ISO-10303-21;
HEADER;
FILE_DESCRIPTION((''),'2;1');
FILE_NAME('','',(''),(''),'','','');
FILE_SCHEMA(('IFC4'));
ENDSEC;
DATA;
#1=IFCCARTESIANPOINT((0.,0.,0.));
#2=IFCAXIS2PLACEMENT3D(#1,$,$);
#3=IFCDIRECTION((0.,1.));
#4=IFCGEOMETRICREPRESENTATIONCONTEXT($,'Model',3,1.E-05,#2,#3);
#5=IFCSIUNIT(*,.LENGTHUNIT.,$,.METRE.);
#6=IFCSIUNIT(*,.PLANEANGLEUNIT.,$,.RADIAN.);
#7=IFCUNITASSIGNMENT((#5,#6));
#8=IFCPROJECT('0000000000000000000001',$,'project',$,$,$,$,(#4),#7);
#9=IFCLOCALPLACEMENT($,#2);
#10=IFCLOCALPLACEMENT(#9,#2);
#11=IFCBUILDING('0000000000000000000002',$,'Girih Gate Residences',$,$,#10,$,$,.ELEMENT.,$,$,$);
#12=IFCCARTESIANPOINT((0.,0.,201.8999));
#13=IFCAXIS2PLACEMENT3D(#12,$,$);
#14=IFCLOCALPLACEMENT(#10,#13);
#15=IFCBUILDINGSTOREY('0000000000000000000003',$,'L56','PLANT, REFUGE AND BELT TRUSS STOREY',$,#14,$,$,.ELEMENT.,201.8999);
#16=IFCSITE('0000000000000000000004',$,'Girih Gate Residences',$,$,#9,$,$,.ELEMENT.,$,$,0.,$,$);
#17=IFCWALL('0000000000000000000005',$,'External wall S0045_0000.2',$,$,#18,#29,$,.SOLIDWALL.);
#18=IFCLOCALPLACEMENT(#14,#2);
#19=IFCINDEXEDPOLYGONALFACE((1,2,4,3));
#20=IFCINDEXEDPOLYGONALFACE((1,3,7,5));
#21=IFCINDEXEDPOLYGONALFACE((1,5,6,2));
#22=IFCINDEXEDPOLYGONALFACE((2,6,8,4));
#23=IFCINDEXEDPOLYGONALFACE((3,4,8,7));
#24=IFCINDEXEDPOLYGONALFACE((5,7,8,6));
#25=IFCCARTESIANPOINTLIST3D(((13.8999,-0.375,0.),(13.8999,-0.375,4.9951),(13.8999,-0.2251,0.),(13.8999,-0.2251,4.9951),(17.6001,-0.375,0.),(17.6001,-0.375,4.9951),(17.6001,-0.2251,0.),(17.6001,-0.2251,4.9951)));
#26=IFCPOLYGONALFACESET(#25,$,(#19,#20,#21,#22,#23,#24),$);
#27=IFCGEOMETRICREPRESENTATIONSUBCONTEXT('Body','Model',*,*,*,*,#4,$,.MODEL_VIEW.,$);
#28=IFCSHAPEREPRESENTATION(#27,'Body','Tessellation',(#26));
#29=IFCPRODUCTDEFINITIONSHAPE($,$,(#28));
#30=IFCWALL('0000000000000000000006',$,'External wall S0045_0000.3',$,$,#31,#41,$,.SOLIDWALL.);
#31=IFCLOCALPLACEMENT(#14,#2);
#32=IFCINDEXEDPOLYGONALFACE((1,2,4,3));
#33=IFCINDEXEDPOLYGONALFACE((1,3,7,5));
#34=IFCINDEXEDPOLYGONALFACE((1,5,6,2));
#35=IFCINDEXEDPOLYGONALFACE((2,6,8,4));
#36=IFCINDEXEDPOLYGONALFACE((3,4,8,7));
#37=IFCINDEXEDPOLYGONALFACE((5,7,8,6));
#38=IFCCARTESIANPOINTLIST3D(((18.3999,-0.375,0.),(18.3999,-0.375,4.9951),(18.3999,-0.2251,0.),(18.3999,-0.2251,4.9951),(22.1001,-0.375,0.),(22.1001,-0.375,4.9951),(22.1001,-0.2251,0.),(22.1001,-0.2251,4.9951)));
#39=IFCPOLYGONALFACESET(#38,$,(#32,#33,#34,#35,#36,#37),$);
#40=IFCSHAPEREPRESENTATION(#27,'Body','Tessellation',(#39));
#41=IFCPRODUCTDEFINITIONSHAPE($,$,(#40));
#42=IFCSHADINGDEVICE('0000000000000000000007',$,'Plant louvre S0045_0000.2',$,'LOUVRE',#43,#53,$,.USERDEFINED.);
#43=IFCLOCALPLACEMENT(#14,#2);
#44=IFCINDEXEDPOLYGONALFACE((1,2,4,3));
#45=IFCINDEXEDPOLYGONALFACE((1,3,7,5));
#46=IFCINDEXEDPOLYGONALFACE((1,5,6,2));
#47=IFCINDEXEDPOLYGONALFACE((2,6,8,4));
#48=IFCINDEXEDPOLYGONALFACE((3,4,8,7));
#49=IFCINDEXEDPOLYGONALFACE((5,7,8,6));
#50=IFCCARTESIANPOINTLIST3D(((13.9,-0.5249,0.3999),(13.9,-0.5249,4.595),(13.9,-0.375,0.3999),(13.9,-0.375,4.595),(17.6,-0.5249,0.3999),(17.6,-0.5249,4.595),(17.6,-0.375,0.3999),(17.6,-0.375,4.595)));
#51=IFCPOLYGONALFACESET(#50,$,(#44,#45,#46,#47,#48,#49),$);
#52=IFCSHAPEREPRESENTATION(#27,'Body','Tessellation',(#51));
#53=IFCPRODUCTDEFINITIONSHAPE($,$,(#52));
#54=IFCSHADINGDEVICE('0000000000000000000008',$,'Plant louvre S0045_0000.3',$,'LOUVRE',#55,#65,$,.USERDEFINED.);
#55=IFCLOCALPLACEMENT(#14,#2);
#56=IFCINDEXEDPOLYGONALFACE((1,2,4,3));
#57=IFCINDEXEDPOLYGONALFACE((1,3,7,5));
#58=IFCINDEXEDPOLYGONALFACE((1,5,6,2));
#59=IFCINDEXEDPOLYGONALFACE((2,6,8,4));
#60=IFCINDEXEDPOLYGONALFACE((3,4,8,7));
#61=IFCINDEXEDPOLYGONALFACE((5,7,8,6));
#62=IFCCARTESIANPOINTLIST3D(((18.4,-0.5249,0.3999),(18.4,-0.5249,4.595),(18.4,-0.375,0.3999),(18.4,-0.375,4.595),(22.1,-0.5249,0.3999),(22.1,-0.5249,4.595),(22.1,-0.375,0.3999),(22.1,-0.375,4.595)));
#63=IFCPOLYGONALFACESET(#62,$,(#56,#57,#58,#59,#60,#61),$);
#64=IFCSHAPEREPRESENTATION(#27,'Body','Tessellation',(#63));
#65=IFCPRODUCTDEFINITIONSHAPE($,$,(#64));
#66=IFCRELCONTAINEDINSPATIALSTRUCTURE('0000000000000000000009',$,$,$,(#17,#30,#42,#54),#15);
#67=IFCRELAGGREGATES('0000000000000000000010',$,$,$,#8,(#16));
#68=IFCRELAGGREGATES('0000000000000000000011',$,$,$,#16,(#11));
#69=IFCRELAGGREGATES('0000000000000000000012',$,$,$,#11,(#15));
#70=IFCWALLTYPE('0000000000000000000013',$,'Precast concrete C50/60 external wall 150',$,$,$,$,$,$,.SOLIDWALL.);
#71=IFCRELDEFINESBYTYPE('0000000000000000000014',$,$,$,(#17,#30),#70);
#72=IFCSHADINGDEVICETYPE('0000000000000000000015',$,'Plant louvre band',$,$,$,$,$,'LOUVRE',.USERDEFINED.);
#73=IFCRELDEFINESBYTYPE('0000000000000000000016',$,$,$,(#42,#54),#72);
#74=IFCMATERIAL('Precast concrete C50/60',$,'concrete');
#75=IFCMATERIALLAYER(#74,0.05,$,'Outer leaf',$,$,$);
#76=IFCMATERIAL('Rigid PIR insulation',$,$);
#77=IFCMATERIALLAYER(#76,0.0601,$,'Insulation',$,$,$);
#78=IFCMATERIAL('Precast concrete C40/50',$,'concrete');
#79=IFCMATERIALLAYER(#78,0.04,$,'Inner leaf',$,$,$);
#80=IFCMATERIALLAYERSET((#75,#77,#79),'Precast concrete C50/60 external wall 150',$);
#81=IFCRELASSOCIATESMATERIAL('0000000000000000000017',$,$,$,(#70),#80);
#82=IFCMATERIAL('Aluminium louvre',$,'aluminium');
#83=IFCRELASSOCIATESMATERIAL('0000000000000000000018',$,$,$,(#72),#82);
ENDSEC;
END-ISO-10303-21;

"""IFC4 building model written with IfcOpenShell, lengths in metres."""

from ifc_helpers import new_model, si_unit, direction, frame, frame_2d, origin, origin_2d, place, context, subcontext, project, spatial, rectangle, extrude, material, layer, layer_set, type_object, element, save


model = new_model("IFC4")

# Units and contexts
model_context = context("Model", 3, precision=1e-05, world=origin(), true_north=direction((0.0, 1.0)))
body_context = subcontext(model_context, "Body", "Model", "MODEL_VIEW")
ifc_project = project(units=[si_unit("LENGTHUNIT", "METRE"), si_unit("PLANEANGLEUNIT", "RADIAN")], contexts=[model_context])

# Site, building, storey
site_placement = place(None, origin())
site = spatial("IfcSite", under=ifc_project, at=site_placement, Name="Girih Gate Residences", CompositionType="ELEMENT", RefElevation=0.0)
building_placement = place(site_placement, origin())
building = spatial("IfcBuilding", under=site, at=building_placement, Name="Girih Gate Residences", CompositionType="ELEMENT")
storey_placement = place(building_placement, frame((0.0, 0.0, 201.8999)))
storey = spatial("IfcBuildingStorey", under=building, at=storey_placement, Name="L56", Description="PLANT, REFUGE AND BELT TRUSS STOREY", CompositionType="ELEMENT", Elevation=201.8999)

# Walls
ifc_material_1 = material(Name="Precast concrete C50/60", Category="concrete")
ifc_layer_1 = layer(ifc_material_1, 0.05, Name="Outer leaf")
ifc_material_2 = material(Name="Rigid PIR insulation")
ifc_layer_2 = layer(ifc_material_2, 0.0601, Name="Insulation")
ifc_material_3 = material(Name="Precast concrete C40/50", Category="concrete")
ifc_layer_3 = layer(ifc_material_3, 0.04, Name="Inner leaf")
ifc_layer_set_1 = layer_set([ifc_layer_1, ifc_layer_2, ifc_layer_3], Name="Precast concrete C50/60 external wall 150")
wall_type_1 = type_object("IfcWallType", Name="Precast concrete C50/60 external wall 150", PredefinedType="SOLIDWALL", material=ifc_layer_set_1)
for number, where, z_axis, x_axis, name in (
    (1, (17.6001, -0.3, 0.0), (0.0, 0.0, 1.0), (-1.0, 0.0, 0.0), "External wall S0045_0000.2"),
    (2, (22.1001, -0.3, 0.0), (0.0, 0.0, 1.0), (-1.0, 0.0, 0.0), "External wall S0045_0000.3"),
):
    element("IfcWall", number, at=place(storey_placement, frame(where, z_axis=z_axis, x_axis=x_axis)), inside=storey, type_object=wall_type_1, Name=name, PredefinedType="SOLIDWALL", context=body_context, shape_type="SweptSolid", body=[
        extrude(rectangle(XDim=3.7002, YDim=0.1499, at=frame_2d((1.8501, 0.0))), origin(), (0.0, 0.0, 1.0), 4.9951),
    ])

# Shading devices
ifc_material_4 = material(Name="Aluminium louvre", Category="aluminium")
shading_device_type = type_object("IfcShadingDeviceType", Name="Plant louvre band", ElementType="LOUVRE", PredefinedType="USERDEFINED", material=ifc_material_4)
for number, where, z_axis, x_axis, name in (
    (3, (15.75, -0.45, 0.3999), (0.0, 0.0, 1.0), (1.0, 0.0, 0.0), "Plant louvre S0045_0000.2"),
    (4, (20.25, -0.45, 0.3999), (0.0, 0.0, 1.0), (1.0, 0.0, 0.0), "Plant louvre S0045_0000.3"),
):
    element("IfcShadingDevice", number, at=place(storey_placement, frame(where, z_axis=z_axis, x_axis=x_axis)), inside=storey, type_object=shading_device_type, Name=name, ObjectType="LOUVRE", PredefinedType="USERDEFINED", context=body_context, shape_type="SweptSolid", body=[
        extrude(rectangle(XDim=3.7, YDim=0.1499, at=origin_2d()), origin(), (0.0, 0.0, 1.0), 4.1951),
    ])

save(model, "model.ifc")
